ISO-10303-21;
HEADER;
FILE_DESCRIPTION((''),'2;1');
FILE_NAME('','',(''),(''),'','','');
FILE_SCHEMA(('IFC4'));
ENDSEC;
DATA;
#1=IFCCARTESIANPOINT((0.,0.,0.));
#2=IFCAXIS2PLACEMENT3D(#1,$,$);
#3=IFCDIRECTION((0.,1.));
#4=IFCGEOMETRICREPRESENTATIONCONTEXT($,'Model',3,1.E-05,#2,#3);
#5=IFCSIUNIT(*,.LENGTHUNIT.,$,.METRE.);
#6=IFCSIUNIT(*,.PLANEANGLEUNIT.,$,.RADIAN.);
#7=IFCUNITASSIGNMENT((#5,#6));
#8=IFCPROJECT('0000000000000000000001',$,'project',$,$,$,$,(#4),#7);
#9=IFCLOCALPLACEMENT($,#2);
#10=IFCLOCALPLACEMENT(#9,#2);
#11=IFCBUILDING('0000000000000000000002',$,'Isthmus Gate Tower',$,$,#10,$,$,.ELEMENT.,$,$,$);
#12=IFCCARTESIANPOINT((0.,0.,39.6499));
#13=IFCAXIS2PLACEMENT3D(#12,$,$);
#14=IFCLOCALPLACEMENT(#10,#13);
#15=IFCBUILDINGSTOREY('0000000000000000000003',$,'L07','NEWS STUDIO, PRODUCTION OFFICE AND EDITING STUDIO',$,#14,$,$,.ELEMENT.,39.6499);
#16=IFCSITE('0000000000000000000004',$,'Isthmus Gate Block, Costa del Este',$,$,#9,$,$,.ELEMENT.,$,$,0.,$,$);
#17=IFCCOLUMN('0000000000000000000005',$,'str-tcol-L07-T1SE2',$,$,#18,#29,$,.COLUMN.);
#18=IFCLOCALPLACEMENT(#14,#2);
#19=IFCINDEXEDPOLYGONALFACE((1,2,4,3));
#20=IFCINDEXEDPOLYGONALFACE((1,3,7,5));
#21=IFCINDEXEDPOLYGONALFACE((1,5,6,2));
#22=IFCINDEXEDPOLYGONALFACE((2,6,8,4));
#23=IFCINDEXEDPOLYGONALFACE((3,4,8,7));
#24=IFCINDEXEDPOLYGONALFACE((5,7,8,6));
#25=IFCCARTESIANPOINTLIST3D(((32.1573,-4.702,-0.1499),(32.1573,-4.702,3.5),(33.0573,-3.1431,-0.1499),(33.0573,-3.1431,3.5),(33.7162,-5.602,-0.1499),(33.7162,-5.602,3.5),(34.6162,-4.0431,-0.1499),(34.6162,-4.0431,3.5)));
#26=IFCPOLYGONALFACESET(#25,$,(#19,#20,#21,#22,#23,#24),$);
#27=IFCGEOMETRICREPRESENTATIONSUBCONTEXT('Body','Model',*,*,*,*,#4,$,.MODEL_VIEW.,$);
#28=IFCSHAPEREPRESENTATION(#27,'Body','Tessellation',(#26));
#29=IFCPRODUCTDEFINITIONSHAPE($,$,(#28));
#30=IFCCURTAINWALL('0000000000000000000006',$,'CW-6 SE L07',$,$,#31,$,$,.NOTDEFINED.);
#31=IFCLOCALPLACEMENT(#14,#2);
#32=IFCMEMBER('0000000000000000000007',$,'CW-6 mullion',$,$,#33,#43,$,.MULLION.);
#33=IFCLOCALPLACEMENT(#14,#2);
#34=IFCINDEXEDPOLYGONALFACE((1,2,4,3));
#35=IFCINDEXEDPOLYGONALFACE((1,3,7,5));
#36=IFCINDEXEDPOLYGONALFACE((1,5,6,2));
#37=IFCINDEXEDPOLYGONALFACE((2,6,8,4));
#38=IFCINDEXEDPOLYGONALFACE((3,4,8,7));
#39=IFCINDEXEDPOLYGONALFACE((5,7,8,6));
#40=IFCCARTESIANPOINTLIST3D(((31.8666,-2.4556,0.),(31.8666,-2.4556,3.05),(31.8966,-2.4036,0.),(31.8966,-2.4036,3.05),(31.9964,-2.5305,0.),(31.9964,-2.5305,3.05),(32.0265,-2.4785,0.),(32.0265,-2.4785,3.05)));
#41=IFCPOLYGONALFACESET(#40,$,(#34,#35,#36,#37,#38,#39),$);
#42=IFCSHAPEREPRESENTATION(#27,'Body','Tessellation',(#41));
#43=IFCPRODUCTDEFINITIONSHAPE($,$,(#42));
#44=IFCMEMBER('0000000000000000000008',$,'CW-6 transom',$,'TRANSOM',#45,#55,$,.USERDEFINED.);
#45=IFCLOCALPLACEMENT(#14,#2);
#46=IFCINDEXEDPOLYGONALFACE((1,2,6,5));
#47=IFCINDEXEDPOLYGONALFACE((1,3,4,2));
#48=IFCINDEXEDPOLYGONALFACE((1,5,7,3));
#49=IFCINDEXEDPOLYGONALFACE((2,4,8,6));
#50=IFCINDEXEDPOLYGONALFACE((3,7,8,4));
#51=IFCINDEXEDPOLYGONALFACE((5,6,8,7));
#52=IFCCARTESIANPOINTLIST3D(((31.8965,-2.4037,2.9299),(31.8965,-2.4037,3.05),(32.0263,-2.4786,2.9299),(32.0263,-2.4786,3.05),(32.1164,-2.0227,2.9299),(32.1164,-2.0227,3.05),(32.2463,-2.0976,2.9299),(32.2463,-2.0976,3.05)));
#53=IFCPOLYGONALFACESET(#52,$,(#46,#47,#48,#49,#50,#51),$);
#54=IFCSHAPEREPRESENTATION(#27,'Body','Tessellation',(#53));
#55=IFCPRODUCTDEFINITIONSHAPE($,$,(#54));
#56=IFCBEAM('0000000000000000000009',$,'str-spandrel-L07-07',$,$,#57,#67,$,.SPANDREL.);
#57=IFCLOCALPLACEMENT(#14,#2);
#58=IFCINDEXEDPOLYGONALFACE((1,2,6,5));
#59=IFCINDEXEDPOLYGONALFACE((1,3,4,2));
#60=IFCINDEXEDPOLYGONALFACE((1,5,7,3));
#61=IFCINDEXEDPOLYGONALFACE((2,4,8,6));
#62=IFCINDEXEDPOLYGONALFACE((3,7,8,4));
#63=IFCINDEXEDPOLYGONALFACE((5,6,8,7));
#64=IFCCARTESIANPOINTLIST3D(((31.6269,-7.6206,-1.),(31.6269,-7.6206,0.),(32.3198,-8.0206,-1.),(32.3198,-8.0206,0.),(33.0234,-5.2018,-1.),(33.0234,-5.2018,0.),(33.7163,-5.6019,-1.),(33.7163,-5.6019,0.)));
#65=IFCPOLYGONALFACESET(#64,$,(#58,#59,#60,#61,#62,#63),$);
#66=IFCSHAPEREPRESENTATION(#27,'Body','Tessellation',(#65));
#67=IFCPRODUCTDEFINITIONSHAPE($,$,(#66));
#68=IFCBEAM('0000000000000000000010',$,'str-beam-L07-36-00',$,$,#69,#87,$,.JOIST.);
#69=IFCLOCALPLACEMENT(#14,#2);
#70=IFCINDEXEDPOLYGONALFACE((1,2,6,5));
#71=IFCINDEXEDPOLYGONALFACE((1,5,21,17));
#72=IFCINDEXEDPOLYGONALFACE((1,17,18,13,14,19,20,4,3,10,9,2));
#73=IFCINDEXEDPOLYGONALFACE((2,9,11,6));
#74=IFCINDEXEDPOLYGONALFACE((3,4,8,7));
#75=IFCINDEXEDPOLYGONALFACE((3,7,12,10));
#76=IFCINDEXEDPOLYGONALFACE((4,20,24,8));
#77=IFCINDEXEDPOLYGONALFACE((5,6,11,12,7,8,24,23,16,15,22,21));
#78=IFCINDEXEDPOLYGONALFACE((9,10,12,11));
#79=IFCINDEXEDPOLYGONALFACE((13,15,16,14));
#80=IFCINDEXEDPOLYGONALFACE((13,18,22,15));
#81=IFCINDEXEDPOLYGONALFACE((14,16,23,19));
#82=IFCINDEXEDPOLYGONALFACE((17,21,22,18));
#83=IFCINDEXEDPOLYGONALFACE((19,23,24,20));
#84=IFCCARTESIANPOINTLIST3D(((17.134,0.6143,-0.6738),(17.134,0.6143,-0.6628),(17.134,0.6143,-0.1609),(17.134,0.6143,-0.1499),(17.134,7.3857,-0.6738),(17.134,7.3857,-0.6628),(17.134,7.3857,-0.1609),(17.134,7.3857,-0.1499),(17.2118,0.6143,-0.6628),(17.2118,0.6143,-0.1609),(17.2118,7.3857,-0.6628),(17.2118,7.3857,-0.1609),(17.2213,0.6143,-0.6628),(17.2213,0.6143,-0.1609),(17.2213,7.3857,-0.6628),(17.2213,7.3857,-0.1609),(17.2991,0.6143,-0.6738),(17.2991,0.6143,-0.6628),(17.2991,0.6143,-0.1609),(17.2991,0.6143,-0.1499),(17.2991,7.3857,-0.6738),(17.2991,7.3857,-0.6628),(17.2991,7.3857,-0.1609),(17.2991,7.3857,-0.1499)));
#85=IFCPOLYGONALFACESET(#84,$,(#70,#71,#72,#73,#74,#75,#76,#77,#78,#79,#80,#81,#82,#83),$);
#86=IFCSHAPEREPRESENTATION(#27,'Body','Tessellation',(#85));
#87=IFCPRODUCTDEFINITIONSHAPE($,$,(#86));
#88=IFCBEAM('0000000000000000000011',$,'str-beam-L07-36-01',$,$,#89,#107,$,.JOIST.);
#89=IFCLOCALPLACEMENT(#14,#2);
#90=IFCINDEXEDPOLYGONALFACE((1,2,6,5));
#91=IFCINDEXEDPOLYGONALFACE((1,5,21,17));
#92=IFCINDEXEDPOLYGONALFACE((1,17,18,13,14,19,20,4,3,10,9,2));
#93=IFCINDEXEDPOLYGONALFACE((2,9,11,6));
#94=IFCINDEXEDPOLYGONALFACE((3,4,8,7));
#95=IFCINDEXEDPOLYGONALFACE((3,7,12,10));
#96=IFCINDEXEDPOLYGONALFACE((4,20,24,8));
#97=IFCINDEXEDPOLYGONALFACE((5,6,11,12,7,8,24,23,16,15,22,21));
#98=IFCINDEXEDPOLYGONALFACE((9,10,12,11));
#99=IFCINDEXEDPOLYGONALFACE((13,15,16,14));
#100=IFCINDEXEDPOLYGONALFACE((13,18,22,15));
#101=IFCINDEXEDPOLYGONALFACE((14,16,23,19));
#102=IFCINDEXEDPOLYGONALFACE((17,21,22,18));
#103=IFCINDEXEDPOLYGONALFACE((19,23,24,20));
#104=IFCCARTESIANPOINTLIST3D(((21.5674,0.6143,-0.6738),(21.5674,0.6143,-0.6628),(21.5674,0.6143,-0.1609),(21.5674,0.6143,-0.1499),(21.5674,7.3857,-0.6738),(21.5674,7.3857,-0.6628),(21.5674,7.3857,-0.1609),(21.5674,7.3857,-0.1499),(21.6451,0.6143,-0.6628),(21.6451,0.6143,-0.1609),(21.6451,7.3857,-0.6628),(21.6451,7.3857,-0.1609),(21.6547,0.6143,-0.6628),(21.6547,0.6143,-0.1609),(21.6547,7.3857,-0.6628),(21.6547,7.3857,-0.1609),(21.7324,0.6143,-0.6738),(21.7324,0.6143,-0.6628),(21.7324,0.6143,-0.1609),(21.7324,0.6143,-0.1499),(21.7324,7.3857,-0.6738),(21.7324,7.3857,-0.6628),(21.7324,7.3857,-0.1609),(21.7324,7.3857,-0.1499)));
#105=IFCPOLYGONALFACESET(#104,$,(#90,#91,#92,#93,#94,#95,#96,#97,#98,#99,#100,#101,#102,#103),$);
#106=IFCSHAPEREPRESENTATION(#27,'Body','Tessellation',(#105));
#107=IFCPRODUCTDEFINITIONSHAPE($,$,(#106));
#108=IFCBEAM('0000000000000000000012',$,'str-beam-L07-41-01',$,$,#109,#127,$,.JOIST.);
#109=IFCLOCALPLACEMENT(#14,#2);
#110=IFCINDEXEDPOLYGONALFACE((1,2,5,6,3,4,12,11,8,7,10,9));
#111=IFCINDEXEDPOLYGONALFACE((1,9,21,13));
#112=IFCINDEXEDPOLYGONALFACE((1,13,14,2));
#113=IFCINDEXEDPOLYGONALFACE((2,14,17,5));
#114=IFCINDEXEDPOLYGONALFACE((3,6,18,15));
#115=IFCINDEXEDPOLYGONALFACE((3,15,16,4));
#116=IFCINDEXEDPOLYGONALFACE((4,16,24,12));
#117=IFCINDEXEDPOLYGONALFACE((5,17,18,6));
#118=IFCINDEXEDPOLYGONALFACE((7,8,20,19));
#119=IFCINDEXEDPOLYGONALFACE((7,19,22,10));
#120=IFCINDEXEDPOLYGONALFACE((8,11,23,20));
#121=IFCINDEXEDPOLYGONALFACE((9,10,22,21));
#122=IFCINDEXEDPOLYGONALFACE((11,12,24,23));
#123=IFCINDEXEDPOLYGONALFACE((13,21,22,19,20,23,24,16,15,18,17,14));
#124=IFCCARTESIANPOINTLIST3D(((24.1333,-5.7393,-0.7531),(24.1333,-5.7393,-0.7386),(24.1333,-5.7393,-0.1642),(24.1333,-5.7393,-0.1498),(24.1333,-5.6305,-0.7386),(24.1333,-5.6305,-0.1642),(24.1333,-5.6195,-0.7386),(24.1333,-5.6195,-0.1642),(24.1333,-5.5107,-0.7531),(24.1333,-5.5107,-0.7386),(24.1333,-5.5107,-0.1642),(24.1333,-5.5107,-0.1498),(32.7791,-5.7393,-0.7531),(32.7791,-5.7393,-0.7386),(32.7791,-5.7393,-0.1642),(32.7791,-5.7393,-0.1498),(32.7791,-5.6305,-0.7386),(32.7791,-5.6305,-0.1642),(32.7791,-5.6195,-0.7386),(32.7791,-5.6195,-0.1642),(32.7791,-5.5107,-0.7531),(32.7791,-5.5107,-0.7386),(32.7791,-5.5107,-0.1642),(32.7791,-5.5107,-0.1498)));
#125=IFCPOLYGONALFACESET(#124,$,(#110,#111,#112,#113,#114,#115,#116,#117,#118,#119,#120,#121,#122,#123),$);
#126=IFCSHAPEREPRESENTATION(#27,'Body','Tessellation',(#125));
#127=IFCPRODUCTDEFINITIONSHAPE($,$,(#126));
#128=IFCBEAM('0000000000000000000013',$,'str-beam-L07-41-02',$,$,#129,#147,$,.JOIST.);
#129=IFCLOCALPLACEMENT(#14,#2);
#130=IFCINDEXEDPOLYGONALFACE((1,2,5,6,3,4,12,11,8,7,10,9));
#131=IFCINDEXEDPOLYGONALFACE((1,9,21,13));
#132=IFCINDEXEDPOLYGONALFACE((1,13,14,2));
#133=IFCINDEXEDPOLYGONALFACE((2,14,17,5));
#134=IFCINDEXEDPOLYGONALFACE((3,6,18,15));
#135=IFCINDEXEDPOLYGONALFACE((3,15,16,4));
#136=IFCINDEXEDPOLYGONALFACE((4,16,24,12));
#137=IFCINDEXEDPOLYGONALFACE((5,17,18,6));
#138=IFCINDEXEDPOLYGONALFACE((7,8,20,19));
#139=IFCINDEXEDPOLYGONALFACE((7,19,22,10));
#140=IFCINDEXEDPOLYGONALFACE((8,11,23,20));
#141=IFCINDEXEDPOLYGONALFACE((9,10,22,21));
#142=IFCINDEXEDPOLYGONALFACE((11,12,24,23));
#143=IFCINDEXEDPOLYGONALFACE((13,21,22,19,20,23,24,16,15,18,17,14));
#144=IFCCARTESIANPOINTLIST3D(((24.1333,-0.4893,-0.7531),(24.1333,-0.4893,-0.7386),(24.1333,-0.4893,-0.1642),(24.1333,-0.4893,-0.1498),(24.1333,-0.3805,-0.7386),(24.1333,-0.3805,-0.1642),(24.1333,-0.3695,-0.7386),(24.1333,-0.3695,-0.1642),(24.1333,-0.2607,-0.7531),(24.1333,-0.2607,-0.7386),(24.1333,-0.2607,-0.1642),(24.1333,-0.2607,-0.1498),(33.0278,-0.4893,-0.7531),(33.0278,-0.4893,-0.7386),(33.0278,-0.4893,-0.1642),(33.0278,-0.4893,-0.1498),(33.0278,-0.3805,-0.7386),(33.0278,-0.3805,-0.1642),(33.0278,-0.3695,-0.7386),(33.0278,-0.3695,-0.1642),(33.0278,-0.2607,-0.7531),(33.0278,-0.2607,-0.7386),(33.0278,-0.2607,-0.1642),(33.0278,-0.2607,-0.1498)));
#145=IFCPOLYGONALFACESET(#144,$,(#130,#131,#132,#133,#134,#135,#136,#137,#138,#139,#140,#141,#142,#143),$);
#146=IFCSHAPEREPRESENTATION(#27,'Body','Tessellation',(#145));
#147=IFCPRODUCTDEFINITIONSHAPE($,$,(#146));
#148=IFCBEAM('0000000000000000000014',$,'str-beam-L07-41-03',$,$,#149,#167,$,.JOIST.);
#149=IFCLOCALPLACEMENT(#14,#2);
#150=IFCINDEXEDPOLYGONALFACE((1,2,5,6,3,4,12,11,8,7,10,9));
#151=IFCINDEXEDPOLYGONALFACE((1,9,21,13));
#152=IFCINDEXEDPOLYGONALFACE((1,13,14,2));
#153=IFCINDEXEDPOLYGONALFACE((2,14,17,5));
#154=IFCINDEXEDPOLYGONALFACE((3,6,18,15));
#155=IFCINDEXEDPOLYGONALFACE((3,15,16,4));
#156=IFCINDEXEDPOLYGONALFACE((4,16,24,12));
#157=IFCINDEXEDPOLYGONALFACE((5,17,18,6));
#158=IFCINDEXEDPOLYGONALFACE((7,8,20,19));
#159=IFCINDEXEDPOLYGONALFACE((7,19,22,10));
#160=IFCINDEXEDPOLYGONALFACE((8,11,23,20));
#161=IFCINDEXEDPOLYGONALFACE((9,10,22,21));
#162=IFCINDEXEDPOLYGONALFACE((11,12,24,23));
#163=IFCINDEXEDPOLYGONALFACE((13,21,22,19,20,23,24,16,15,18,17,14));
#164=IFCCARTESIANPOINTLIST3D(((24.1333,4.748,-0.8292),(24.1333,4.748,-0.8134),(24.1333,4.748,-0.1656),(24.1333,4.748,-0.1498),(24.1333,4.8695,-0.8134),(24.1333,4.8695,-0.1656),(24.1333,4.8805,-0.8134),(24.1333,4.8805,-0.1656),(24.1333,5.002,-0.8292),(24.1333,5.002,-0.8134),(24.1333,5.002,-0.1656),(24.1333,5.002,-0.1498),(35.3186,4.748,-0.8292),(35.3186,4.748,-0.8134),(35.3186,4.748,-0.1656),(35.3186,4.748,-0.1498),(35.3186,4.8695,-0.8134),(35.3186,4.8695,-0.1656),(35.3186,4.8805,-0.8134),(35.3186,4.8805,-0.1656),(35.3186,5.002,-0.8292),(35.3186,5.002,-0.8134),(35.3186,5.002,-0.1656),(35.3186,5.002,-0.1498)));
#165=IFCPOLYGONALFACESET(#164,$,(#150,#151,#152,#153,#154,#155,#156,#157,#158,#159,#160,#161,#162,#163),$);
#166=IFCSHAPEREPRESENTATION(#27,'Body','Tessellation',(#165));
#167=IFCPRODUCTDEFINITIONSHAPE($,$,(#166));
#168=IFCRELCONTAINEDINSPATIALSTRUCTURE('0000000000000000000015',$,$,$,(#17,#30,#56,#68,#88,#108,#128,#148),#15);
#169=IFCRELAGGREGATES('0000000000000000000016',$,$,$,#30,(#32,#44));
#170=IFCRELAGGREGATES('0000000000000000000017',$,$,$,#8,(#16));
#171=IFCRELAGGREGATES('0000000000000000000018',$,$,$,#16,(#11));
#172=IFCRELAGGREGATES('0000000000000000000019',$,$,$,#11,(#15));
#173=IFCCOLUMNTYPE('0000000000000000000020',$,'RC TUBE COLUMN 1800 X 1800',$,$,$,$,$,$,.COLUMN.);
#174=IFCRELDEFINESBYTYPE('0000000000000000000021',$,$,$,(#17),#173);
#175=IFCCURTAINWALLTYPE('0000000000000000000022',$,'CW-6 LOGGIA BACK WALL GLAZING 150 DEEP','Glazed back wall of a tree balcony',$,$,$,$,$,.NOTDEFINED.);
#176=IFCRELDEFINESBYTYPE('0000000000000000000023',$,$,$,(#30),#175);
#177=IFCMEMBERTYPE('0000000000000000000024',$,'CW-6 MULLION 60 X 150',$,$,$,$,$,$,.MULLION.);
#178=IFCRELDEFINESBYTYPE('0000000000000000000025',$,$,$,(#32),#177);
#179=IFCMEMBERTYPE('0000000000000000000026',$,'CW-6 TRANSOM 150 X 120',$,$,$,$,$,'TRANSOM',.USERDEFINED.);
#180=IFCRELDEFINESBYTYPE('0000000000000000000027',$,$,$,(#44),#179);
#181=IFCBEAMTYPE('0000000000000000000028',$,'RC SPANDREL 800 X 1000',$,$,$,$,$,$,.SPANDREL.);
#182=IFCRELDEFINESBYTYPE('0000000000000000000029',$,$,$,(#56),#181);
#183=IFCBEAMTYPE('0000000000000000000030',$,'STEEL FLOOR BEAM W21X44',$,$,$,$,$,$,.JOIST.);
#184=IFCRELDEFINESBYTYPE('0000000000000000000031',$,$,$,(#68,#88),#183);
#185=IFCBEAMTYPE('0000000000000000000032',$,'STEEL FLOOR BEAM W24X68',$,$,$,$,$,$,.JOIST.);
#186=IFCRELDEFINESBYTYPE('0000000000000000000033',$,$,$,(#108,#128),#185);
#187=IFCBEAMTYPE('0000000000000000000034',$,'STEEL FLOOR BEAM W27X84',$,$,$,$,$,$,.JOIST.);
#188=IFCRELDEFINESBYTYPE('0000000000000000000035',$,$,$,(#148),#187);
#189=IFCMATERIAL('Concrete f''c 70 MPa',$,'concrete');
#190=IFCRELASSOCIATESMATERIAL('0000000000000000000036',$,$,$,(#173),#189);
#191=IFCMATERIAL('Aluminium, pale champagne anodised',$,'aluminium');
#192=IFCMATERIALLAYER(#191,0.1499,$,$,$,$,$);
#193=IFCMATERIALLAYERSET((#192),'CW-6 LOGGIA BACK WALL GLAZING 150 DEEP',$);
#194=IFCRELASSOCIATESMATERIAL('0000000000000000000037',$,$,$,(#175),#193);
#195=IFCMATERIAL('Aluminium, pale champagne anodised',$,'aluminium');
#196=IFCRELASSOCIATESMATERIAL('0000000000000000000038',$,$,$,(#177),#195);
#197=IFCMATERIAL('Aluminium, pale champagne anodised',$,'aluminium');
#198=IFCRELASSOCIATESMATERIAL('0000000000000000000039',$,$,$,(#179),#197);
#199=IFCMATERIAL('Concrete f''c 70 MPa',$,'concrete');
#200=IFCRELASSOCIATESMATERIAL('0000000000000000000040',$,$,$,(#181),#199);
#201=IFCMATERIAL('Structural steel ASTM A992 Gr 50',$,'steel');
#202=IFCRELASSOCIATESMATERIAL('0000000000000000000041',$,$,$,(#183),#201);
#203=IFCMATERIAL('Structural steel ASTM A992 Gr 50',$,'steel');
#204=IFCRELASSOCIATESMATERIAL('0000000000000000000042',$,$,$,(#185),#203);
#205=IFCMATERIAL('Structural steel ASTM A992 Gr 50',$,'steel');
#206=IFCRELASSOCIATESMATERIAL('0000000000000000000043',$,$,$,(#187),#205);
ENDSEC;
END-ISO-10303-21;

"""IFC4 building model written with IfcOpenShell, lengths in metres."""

from ifc_helpers import new_model, si_unit, direction, frame, origin, origin_2d, place, context, subcontext, project, spatial, rectangle, i_section, extrude, material, layer, layer_set, material_profile, profile_set, type_object, element, aggregate, save


model = new_model("IFC4")

# Units and contexts
model_context = context("Model", 3, precision=1e-05, world=origin(), true_north=direction((0.0, 1.0)))
body_context = subcontext(model_context, "Body", "Model", "MODEL_VIEW")
ifc_project = project(units=[si_unit("LENGTHUNIT", "METRE"), si_unit("PLANEANGLEUNIT", "RADIAN")], contexts=[model_context])

# Site, building, storey
site_placement = place(None, origin())
site = spatial("IfcSite", under=ifc_project, at=site_placement, Name="Isthmus Gate Block, Costa del Este", CompositionType="ELEMENT", RefElevation=0.0)
building_placement = place(site_placement, origin())
building = spatial("IfcBuilding", under=site, at=building_placement, Name="Isthmus Gate Tower", CompositionType="ELEMENT")
storey_placement = place(building_placement, frame((0.0, 0.0, 39.6499)))
storey = spatial("IfcBuildingStorey", under=building, at=storey_placement, Name="L07", Description="NEWS STUDIO, PRODUCTION OFFICE AND EDITING STUDIO", CompositionType="ELEMENT", Elevation=39.6499)

# Column
ifc_material_1 = material(Name="Concrete f'c 70 MPa", Category="concrete")
ifc_material_profile_1 = material_profile(ifc_material_1, rectangle(XDim=1.8, YDim=1.8, at=origin_2d()), Name="RC 1800X1800")
ifc_profile_set_1 = profile_set([ifc_material_profile_1], Name="Concrete f'c 70 MPa")
column_type = type_object("IfcColumnType", Name="RC TUBE COLUMN 1800 X 1800", PredefinedType="COLUMN", material=ifc_profile_set_1)
column_placement = place(storey_placement, frame((33.3867, -4.3726, -0.1499), z_axis=(0.0, 0.0, 1.0), x_axis=(0.5, 0.866025, 0.0)))
element("IfcColumn", 1, at=column_placement, inside=storey, type_object=column_type, Name="str-tcol-L07-T1SE2", PredefinedType="COLUMN", context=body_context, shape_type="SweptSolid", body=[
    extrude(rectangle(XDim=1.8, YDim=1.8, at=origin_2d()), origin(), (0.0, 0.0, 1.0), 3.6499),
])

# Curtain wall, members
ifc_material_2 = material(Name="Aluminium, pale champagne anodised", Category="aluminium")
ifc_layer_1 = layer(ifc_material_2, 0.1499)
ifc_layer_set_1 = layer_set([ifc_layer_1], Name="CW-6 LOGGIA BACK WALL GLAZING 150 DEEP")
curtain_wall_type = type_object("IfcCurtainWallType", Name="CW-6 LOGGIA BACK WALL GLAZING 150 DEEP", Description="Glazed back wall of a tree balcony", PredefinedType="NOTDEFINED", material=ifc_layer_set_1)
curtain_wall_placement = place(storey_placement, origin())
curtain_wall = element("IfcCurtainWall", 2, at=curtain_wall_placement, inside=storey, type_object=curtain_wall_type, Name="CW-6 SE L07", PredefinedType="NOTDEFINED")
ifc_material_3 = material(Name="Aluminium, pale champagne anodised", Category="aluminium")
ifc_material_profile_2 = material_profile(ifc_material_3, rectangle(XDim=0.0601, YDim=0.1499, at=origin_2d()), Name="60x150")
ifc_profile_set_2 = profile_set([ifc_material_profile_2], Name="Aluminium, pale champagne anodised")
member_type_1 = type_object("IfcMemberType", Name="CW-6 MULLION 60 X 150", PredefinedType="MULLION", material=ifc_profile_set_2)
member_1_placement = place(storey_placement, frame((31.9465, -2.467, 0.0), z_axis=(0.0, 0.0, 1.0), x_axis=(0.5, 0.866025, 0.0)))
member_1 = element("IfcMember", 3, at=member_1_placement, type_object=member_type_1, Name="CW-6 mullion", PredefinedType="MULLION", context=body_context, shape_type="SweptSolid", body=[
    extrude(rectangle(XDim=0.0601, YDim=0.1499, at=origin_2d()), origin(), (0.0, 0.0, 1.0), 3.05),
])
ifc_material_4 = material(Name="Aluminium, pale champagne anodised", Category="aluminium")
ifc_material_profile_3 = material_profile(ifc_material_4, rectangle(XDim=0.1499, YDim=0.1201, at=origin_2d()), Name="150x120")
ifc_profile_set_3 = profile_set([ifc_material_profile_3], Name="Aluminium, pale champagne anodised")
member_type_2 = type_object("IfcMemberType", Name="CW-6 TRANSOM 150 X 120", ElementType="TRANSOM", PredefinedType="USERDEFINED", material=ifc_profile_set_3)
member_2_placement = place(storey_placement, frame((31.9614, -2.4412, 2.99), z_axis=(0.499899, 0.866084, 0.0), x_axis=(-0.866084, 0.499899, 0.0)))
member_2 = element("IfcMember", 4, at=member_2_placement, type_object=member_type_2, Name="CW-6 transom", ObjectType="TRANSOM", PredefinedType="USERDEFINED", context=body_context, shape_type="SweptSolid", body=[
    extrude(rectangle(XDim=0.1499, YDim=0.1201, at=origin_2d()), origin(), (0.0, 0.0, 1.0), 0.4399),
])

# Beams
ifc_material_5 = material(Name="Concrete f'c 70 MPa", Category="concrete")
ifc_material_profile_4 = material_profile(ifc_material_5, rectangle(XDim=0.8, YDim=1.0, at=origin_2d()), Name="RC 800X1000")
ifc_profile_set_4 = profile_set([ifc_material_profile_4], Name="Concrete f'c 70 MPa")
beam_type_1 = type_object("IfcBeamType", Name="RC SPANDREL 800 X 1000", PredefinedType="SPANDREL", material=ifc_profile_set_4)
beam_1_placement = place(storey_placement, frame((33.3699, -5.4019, -0.5), z_axis=(-0.500013, -0.866018, 0.0), x_axis=(0.866018, -0.500013, 0.0)))
element("IfcBeam", 5, at=beam_1_placement, inside=storey, type_object=beam_type_1, Name="str-spandrel-L07-07", PredefinedType="SPANDREL", context=body_context, shape_type="SweptSolid", body=[
    extrude(rectangle(XDim=0.8, YDim=1.0, at=origin_2d()), origin(), (0.0, 0.0, 1.0), 2.793),
])
ifc_material_6 = material(Name="Structural steel ASTM A992 Gr 50", Category="steel")
ifc_material_profile_5 = material_profile(ifc_material_6, i_section(OverallWidth=0.165, OverallDepth=0.5239, WebThickness=0.0095, FlangeThickness=0.011, at=origin_2d()), Name="W21X44")
ifc_profile_set_5 = profile_set([ifc_material_profile_5], Name="Structural steel ASTM A992 Gr 50")
beam_type_2 = type_object("IfcBeamType", Name="STEEL FLOOR BEAM W21X44", PredefinedType="JOIST", material=ifc_profile_set_5)
for number, where, z_axis, x_axis, name in (
    (6, (17.2166, 0.6143, -0.4119), (0.0, 1.0, 0.0), (-1.0, 0.0, 0.0), "str-beam-L07-36-00"),
    (7, (21.6499, 0.6143, -0.4119), (0.0, 1.0, 0.0), (-1.0, 0.0, 0.0), "str-beam-L07-36-01"),
):
    element("IfcBeam", number, at=place(storey_placement, frame(where, z_axis=z_axis, x_axis=x_axis)), inside=storey, type_object=beam_type_2, Name=name, PredefinedType="JOIST", context=body_context, shape_type="SweptSolid", body=[
        extrude(i_section(OverallWidth=0.165, OverallDepth=0.5239, WebThickness=0.0095, FlangeThickness=0.011, at=origin_2d()), origin(), (0.0, 0.0, 1.0), 6.7715),
    ])
ifc_material_7 = material(Name="Structural steel ASTM A992 Gr 50", Category="steel")
ifc_material_profile_6 = material_profile(ifc_material_7, i_section(OverallWidth=0.2285, OverallDepth=0.6033, WebThickness=0.011, FlangeThickness=0.0144, at=origin_2d()), Name="W24X68")
ifc_profile_set_6 = profile_set([ifc_material_profile_6], Name="Structural steel ASTM A992 Gr 50")
beam_type_3 = type_object("IfcBeamType", Name="STEEL FLOOR BEAM W24X68", PredefinedType="JOIST", material=ifc_profile_set_6)
beam_2_placement = place(storey_placement, frame((24.1333, -5.625, -0.4514), z_axis=(1.0, 0.0, 0.0), x_axis=(0.0, 1.0, 0.0)))
element("IfcBeam", 8, at=beam_2_placement, inside=storey, type_object=beam_type_3, Name="str-beam-L07-41-01", PredefinedType="JOIST", context=body_context, shape_type="SweptSolid", body=[
    extrude(i_section(OverallWidth=0.2285, OverallDepth=0.6033, WebThickness=0.011, FlangeThickness=0.0144, at=origin_2d()), origin(), (0.0, 0.0, 1.0), 8.6458),
])
beam_3_placement = place(storey_placement, frame((24.1333, -0.375, -0.4514), z_axis=(1.0, 0.0, 0.0), x_axis=(0.0, 1.0, 0.0)))
element("IfcBeam", 9, at=beam_3_placement, inside=storey, type_object=beam_type_3, Name="str-beam-L07-41-02", PredefinedType="JOIST", context=body_context, shape_type="SweptSolid", body=[
    extrude(i_section(OverallWidth=0.2285, OverallDepth=0.6033, WebThickness=0.011, FlangeThickness=0.0144, at=origin_2d()), origin(), (0.0, 0.0, 1.0), 8.8945),
])
ifc_material_8 = material(Name="Structural steel ASTM A992 Gr 50", Category="steel")
ifc_material_profile_7 = material_profile(ifc_material_8, i_section(OverallWidth=0.2539, OverallDepth=0.6794, WebThickness=0.011, FlangeThickness=0.0159, at=origin_2d()), Name="W27X84")
ifc_profile_set_7 = profile_set([ifc_material_profile_7], Name="Structural steel ASTM A992 Gr 50")
beam_type_4 = type_object("IfcBeamType", Name="STEEL FLOOR BEAM W27X84", PredefinedType="JOIST", material=ifc_profile_set_7)
beam_4_placement = place(storey_placement, frame((24.1333, 4.875, -0.4895), z_axis=(1.0, 0.0, 0.0), x_axis=(0.0, 1.0, 0.0)))
element("IfcBeam", 10, at=beam_4_placement, inside=storey, type_object=beam_type_4, Name="str-beam-L07-41-03", PredefinedType="JOIST", context=body_context, shape_type="SweptSolid", body=[
    extrude(i_section(OverallWidth=0.2539, OverallDepth=0.6794, WebThickness=0.011, FlangeThickness=0.0159, at=origin_2d()), origin(), (0.0, 0.0, 1.0), 11.1853),
])

aggregate(curtain_wall, [member_1, member_2])

save(model, "model.ifc")
